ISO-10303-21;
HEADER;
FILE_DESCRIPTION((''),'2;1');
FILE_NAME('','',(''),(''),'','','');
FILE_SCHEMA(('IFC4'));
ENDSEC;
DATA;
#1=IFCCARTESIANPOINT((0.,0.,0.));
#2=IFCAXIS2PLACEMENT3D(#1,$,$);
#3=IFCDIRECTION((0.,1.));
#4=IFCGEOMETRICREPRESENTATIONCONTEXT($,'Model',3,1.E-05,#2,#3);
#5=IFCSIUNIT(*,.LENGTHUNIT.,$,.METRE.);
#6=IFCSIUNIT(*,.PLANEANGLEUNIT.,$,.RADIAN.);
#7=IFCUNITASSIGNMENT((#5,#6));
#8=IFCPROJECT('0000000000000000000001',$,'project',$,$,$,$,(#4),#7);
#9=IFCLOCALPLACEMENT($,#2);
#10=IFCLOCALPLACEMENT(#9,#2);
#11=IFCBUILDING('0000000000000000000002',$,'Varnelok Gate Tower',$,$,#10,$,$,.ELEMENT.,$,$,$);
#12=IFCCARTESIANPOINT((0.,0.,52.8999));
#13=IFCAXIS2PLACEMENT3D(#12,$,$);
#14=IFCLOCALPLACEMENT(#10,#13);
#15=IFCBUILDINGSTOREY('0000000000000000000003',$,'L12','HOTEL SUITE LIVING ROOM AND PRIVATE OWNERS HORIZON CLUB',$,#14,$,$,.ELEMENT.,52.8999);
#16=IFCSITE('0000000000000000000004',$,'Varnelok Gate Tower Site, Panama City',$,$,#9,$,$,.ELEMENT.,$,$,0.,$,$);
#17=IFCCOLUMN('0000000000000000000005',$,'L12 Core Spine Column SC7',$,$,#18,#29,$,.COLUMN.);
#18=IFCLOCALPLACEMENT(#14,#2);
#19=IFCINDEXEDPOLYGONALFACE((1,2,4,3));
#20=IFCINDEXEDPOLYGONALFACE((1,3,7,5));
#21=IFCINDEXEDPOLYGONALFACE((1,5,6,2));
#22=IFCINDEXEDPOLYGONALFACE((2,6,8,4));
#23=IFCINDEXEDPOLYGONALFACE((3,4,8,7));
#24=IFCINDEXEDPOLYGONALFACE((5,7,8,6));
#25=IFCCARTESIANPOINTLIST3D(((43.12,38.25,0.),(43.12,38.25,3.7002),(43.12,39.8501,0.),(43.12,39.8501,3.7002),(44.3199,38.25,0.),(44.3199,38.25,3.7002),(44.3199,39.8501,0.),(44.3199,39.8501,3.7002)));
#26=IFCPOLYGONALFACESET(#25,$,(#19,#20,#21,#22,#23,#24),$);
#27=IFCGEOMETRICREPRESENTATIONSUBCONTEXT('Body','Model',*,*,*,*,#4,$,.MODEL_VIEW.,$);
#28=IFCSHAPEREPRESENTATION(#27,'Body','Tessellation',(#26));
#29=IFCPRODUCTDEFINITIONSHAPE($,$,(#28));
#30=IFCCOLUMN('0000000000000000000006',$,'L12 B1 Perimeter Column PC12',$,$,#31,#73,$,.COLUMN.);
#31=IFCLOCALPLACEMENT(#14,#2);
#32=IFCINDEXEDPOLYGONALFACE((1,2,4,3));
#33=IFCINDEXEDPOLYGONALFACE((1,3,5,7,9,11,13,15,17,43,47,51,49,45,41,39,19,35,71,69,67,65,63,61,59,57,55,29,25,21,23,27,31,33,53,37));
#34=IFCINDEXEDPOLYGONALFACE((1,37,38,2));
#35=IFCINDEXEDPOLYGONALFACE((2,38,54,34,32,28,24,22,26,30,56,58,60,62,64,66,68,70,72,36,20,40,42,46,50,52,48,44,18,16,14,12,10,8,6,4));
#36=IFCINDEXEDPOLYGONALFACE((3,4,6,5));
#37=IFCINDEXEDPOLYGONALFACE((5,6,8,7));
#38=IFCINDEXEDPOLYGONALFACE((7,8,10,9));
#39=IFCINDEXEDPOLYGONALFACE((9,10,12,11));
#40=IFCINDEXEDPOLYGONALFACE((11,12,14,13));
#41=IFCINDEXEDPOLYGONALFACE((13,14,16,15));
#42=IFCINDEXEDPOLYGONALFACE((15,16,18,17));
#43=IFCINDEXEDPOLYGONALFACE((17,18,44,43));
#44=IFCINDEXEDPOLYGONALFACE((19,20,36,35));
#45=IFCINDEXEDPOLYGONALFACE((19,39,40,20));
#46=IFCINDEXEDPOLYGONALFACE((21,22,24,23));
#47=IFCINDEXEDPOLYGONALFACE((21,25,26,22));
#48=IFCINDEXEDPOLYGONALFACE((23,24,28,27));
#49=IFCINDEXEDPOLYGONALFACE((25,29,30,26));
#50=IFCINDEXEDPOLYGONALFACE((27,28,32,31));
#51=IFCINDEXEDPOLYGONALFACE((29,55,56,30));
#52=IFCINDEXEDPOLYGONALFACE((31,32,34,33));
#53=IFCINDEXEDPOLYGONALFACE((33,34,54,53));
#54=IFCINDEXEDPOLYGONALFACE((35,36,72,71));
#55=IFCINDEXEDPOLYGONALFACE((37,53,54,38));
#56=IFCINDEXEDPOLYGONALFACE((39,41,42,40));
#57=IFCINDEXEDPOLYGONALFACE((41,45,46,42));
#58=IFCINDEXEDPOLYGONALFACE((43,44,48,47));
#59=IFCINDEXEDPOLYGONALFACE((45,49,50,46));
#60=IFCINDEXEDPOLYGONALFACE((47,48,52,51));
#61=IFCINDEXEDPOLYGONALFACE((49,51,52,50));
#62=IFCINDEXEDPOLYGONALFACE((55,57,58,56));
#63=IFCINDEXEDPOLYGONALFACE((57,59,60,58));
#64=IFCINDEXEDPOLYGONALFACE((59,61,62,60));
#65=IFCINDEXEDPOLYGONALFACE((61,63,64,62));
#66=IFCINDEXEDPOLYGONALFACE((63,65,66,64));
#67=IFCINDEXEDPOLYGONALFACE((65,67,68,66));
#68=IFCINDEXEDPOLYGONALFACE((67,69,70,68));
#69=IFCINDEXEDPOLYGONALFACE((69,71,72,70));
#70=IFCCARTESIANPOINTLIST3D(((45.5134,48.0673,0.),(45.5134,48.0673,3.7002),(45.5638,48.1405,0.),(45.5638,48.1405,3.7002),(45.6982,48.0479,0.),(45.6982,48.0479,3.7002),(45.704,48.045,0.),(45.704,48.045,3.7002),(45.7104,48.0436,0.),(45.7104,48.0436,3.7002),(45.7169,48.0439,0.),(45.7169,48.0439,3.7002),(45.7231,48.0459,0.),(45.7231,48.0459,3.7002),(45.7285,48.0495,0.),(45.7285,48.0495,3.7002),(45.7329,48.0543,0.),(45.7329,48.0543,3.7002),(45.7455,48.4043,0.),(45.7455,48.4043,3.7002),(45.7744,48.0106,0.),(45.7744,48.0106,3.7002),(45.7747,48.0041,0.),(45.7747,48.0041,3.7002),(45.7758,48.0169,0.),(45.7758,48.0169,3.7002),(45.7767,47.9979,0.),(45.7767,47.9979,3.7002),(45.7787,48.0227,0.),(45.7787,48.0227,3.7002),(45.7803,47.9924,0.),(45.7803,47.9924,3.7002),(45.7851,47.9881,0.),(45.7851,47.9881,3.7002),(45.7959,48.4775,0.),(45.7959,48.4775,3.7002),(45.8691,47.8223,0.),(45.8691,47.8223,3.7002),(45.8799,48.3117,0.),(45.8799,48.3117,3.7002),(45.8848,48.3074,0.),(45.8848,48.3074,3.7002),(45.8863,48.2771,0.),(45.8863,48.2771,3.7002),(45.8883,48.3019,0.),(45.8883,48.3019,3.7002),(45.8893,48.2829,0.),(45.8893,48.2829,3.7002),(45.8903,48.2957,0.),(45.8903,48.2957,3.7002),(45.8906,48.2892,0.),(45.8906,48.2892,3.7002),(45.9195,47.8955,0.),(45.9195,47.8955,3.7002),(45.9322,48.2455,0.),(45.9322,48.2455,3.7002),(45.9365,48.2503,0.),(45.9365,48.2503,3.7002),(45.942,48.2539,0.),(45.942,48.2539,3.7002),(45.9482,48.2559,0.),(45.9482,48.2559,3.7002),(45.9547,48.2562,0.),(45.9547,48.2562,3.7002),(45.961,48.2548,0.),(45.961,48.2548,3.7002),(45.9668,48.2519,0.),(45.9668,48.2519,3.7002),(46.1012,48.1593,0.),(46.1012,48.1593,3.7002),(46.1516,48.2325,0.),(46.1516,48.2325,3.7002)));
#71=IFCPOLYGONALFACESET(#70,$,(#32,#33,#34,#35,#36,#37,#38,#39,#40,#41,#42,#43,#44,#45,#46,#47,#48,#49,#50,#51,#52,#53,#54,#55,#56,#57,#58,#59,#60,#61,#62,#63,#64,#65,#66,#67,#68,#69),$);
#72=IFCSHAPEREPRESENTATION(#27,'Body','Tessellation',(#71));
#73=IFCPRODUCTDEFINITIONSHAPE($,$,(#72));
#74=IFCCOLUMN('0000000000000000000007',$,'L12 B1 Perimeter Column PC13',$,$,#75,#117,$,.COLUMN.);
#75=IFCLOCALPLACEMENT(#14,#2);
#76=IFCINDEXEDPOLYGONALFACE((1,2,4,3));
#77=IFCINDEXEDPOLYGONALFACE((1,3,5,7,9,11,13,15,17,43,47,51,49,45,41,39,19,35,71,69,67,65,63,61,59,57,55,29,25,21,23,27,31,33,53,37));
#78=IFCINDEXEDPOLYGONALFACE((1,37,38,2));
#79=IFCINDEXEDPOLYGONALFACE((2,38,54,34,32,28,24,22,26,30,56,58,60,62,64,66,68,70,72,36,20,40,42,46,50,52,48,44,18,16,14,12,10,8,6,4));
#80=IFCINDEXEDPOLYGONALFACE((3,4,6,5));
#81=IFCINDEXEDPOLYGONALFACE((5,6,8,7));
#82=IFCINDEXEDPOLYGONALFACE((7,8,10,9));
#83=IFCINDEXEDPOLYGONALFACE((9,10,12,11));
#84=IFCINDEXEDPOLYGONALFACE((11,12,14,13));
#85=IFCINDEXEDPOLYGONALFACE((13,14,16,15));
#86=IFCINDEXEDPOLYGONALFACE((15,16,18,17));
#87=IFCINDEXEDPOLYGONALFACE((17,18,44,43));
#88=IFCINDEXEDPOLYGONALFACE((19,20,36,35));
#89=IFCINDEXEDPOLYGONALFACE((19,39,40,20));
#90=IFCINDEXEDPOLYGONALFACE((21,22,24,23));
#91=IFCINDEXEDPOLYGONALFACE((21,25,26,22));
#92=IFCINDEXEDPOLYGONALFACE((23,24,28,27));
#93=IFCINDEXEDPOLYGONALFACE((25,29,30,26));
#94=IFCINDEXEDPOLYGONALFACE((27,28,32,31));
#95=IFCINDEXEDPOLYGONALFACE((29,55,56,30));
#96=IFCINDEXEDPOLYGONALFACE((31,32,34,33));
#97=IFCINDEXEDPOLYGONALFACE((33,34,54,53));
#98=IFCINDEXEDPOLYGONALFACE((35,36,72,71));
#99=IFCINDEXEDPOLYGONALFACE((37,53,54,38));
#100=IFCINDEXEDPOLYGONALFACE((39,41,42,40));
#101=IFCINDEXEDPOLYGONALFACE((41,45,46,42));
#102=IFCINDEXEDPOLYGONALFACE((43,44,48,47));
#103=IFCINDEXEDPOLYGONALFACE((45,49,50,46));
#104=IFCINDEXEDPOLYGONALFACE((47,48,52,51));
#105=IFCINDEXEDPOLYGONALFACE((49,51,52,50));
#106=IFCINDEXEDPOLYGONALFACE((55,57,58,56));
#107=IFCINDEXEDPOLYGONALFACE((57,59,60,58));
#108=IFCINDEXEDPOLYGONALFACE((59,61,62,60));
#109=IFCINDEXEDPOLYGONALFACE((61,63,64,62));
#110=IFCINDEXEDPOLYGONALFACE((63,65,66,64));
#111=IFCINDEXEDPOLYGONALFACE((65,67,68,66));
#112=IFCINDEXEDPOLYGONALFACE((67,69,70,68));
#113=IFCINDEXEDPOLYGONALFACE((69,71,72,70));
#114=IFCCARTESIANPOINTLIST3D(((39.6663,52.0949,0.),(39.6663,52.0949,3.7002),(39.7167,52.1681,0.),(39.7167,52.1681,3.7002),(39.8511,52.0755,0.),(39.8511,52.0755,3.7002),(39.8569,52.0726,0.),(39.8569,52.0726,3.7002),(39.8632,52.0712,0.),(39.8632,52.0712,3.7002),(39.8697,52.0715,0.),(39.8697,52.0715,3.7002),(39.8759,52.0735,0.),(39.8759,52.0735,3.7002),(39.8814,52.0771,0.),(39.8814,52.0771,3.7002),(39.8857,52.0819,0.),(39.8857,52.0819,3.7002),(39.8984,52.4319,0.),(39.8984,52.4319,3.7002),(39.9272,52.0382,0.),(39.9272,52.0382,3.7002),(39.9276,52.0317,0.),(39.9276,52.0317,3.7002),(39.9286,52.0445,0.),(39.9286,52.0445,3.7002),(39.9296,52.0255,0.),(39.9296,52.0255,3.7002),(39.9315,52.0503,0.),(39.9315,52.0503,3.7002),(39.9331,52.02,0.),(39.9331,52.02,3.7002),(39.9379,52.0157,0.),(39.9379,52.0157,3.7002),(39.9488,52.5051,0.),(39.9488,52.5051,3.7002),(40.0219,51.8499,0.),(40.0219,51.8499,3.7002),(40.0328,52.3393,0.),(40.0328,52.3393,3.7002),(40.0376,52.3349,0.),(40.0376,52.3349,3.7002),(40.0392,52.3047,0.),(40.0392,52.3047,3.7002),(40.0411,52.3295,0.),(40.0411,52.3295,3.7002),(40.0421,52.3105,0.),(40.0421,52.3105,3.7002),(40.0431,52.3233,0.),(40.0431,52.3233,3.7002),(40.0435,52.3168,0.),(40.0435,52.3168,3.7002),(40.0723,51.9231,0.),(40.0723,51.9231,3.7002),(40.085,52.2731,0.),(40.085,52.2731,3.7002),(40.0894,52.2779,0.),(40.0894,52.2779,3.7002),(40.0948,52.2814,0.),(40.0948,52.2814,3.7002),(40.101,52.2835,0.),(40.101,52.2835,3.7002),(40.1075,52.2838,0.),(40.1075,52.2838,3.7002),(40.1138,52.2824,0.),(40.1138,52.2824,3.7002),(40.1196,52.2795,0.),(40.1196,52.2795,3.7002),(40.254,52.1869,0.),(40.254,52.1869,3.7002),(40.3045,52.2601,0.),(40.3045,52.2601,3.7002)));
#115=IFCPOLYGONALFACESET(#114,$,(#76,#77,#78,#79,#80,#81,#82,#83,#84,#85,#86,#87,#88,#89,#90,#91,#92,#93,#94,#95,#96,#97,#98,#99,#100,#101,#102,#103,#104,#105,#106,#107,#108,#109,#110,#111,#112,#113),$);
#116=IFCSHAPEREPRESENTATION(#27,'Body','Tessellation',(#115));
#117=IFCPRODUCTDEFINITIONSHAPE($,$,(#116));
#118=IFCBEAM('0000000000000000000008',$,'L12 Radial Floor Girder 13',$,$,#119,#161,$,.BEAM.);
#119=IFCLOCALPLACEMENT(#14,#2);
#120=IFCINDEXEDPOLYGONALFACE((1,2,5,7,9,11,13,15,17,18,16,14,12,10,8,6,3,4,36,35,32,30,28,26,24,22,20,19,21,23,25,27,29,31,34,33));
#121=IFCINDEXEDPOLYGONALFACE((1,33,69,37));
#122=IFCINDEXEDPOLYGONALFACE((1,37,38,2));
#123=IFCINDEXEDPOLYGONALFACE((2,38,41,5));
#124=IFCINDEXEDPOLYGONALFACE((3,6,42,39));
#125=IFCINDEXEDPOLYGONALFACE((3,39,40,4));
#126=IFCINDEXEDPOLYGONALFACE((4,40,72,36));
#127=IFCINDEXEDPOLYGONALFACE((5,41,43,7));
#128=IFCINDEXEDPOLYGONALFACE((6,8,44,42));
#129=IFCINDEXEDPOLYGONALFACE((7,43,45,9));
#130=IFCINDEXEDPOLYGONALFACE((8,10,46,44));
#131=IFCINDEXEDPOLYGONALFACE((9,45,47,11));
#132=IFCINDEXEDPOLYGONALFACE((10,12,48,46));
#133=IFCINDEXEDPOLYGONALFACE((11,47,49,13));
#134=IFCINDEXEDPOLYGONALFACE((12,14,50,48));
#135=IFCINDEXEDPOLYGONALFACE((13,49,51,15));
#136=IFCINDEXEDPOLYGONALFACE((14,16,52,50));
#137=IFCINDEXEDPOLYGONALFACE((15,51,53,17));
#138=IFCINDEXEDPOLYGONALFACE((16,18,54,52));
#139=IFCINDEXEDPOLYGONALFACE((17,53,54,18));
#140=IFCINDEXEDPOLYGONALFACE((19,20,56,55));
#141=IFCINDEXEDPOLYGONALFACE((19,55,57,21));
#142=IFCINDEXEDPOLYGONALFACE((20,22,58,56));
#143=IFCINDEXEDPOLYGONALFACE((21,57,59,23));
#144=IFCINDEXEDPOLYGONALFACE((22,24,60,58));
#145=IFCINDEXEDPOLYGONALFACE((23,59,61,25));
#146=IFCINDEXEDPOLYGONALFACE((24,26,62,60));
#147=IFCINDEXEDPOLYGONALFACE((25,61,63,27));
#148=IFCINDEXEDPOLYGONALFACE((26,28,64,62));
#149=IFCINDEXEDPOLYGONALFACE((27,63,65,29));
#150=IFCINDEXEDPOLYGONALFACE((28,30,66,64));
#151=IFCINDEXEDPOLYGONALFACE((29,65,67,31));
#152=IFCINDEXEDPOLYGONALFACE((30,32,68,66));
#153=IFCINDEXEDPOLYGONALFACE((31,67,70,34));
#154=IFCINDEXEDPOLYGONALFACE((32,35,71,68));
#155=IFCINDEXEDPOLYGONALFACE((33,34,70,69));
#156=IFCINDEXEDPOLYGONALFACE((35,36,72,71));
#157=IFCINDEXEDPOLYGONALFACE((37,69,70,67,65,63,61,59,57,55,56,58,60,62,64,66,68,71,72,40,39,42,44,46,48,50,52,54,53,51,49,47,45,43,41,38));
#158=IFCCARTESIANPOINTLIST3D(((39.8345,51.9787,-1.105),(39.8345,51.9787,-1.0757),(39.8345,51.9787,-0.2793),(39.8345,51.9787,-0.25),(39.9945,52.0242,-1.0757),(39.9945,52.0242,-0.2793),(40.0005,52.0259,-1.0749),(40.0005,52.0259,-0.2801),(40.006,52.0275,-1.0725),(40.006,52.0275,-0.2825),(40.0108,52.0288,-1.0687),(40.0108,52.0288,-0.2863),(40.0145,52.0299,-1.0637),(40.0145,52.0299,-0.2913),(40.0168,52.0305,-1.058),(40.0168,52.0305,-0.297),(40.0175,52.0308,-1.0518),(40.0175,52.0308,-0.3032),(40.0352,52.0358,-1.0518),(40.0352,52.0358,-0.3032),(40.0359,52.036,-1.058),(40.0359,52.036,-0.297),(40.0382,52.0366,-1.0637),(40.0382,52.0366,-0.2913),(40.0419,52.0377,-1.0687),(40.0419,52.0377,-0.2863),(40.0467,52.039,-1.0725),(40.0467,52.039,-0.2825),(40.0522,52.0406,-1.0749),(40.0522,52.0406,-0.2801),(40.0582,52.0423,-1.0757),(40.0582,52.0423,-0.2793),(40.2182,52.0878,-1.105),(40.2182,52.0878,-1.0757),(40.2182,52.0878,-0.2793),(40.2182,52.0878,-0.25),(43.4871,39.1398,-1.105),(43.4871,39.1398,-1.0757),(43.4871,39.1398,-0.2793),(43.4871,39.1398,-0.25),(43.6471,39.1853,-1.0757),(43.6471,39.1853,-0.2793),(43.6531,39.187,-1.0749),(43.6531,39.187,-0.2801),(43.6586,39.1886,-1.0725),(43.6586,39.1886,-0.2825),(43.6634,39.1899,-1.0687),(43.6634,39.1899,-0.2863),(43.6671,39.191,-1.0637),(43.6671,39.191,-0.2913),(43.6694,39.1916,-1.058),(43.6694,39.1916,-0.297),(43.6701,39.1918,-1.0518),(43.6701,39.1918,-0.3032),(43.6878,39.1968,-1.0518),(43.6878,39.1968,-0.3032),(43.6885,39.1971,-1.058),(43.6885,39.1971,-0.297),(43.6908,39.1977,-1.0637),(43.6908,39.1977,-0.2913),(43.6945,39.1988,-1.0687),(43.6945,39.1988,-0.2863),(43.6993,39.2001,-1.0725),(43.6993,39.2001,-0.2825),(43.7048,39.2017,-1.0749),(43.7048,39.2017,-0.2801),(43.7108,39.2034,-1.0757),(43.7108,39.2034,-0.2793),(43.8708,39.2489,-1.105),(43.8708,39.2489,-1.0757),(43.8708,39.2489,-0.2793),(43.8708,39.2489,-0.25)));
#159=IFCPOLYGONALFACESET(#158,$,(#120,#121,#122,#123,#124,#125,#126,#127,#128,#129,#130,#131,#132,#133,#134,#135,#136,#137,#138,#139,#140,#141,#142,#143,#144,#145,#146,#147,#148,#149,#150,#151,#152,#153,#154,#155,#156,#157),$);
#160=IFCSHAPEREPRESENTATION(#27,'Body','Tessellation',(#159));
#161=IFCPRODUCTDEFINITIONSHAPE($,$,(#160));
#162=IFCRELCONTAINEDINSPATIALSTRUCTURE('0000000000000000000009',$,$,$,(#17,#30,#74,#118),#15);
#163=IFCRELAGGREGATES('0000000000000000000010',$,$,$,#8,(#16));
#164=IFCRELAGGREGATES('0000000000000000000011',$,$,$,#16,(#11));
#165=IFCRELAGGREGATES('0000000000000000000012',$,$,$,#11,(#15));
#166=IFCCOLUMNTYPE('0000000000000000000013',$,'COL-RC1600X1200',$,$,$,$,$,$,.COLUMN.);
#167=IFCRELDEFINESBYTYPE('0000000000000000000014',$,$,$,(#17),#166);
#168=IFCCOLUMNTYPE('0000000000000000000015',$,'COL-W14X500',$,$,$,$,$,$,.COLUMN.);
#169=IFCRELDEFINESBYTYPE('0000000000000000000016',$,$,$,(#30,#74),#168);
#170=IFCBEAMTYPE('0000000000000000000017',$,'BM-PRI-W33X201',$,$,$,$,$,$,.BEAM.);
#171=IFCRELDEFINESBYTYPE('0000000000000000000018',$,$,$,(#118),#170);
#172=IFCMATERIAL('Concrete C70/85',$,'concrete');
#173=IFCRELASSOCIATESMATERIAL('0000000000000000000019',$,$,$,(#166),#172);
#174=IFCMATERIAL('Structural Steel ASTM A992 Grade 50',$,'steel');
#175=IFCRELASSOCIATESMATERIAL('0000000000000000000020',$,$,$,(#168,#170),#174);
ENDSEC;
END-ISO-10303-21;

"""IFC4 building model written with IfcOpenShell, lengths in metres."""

from ifc_helpers import new_model, si_unit, direction, frame, origin, origin_2d, place, context, subcontext, project, spatial, rectangle, i_section, extrude, material, material_profile, profile_set, type_object, element, save


model = new_model("IFC4")

# Units and contexts
model_context = context("Model", 3, precision=1e-05, world=origin(), true_north=direction((0.0, 1.0)))
body_context = subcontext(model_context, "Body", "Model", "MODEL_VIEW")
ifc_project = project(units=[si_unit("LENGTHUNIT", "METRE"), si_unit("PLANEANGLEUNIT", "RADIAN")], contexts=[model_context])

# Site, building, storey
site_placement = place(None, origin())
site = spatial("IfcSite", under=ifc_project, at=site_placement, Name="Varnelok Gate Tower Site, Panama City", CompositionType="ELEMENT", RefElevation=0.0)
building_placement = place(site_placement, origin())
building = spatial("IfcBuilding", under=site, at=building_placement, Name="Varnelok Gate Tower", CompositionType="ELEMENT")
storey_placement = place(building_placement, frame((0.0, 0.0, 52.8999)))
storey = spatial("IfcBuildingStorey", under=building, at=storey_placement, Name="L12", Description="HOTEL SUITE LIVING ROOM AND PRIVATE OWNERS HORIZON CLUB", CompositionType="ELEMENT", Elevation=52.8999)

# Columns
ifc_material_1 = material(Name="Concrete C70/85", Category="concrete")
ifc_material_profile_1 = material_profile(ifc_material_1, rectangle(XDim=1.2, YDim=1.6001, at=origin_2d()), Name="RC1600X1200")
ifc_profile_set_1 = profile_set([ifc_material_profile_1], Name="Concrete C70/85")
column_type_1 = type_object("IfcColumnType", Name="COL-RC1600X1200", PredefinedType="COLUMN", material=ifc_profile_set_1)
column_placement = place(storey_placement, frame((43.72, 39.05, 0.0), z_axis=(0.0, 0.0, 1.0), x_axis=(1.0, 0.0, 0.0)))
element("IfcColumn", 1, at=column_placement, inside=storey, type_object=column_type_1, Name="L12 Core Spine Column SC7", PredefinedType="COLUMN", context=body_context, shape_type="SweptSolid", body=[
    extrude(rectangle(XDim=1.2, YDim=1.6001, at=origin_2d()), origin(), (0.0, 0.0, 1.0), 3.7002),
])
ifc_material_2 = material(Name="Structural Steel ASTM A992 Grade 50", Category="steel")
ifc_material_profile_2 = material_profile(ifc_material_2, i_section(OverallWidth=0.4319, OverallDepth=0.498, WebThickness=0.0557, FlangeThickness=0.0889, FilletRadius=0.0249, at=origin_2d()), Name="W14X500")
ifc_profile_set_2 = profile_set([ifc_material_profile_2], Name="Structural Steel ASTM A992 Grade 50")
column_type_2 = type_object("IfcColumnType", Name="COL-W14X500", PredefinedType="COLUMN", material=ifc_profile_set_2)
for number, where, z_axis, x_axis, name in (
    (2, (45.8325, 48.1499, 0.0), (0.0, 0.0, 1.0), (0.823533, -0.567269, 0.0), "L12 B1 Perimeter Column PC12"),
    (3, (39.9854, 52.1775, 0.0), (0.0, 0.0, 1.0), (0.823533, -0.567269, 0.0), "L12 B1 Perimeter Column PC13"),
):
    element("IfcColumn", number, at=place(storey_placement, frame(where, z_axis=z_axis, x_axis=x_axis)), inside=storey, type_object=column_type_2, Name=name, PredefinedType="COLUMN", context=body_context, shape_type="SweptSolid", body=[
        extrude(i_section(OverallWidth=0.4319, OverallDepth=0.498, WebThickness=0.0557, FlangeThickness=0.0889, FilletRadius=0.0249, at=origin_2d()), origin(), (0.0, 0.0, 1.0), 3.7002),
    ])

# Beam
ifc_material_profile_3 = material_profile(ifc_material_2, i_section(OverallWidth=0.3989, OverallDepth=0.855, WebThickness=0.0183, FlangeThickness=0.0293, FilletRadius=0.0239, at=origin_2d()), Name="W33X201")
ifc_profile_set_3 = profile_set([ifc_material_profile_3], Name="Structural Steel ASTM A992 Grade 50")
beam_type_1 = type_object("IfcBeamType", Name="BM-PRI-W33X201", PredefinedType="BEAM", material=ifc_profile_set_3)
beam_1_placement = place(storey_placement, frame((43.679, 39.1943, -0.6775), z_axis=(-0.273636, 0.961833, 0.0), x_axis=(-0.961833, -0.273636, 0.0)))
element("IfcBeam", 4, at=beam_1_placement, inside=storey, type_object=beam_type_1, Name="L12 Radial Floor Girder 13", PredefinedType="BEAM", context=body_context, shape_type="SweptSolid", body=[
    extrude(i_section(OverallWidth=0.3989, OverallDepth=0.855, WebThickness=0.0183, FlangeThickness=0.0293, FilletRadius=0.0239, at=origin_2d()), origin(), (0.0, 0.0, 1.0), 13.3484),
])

save(model, "model.ifc")
